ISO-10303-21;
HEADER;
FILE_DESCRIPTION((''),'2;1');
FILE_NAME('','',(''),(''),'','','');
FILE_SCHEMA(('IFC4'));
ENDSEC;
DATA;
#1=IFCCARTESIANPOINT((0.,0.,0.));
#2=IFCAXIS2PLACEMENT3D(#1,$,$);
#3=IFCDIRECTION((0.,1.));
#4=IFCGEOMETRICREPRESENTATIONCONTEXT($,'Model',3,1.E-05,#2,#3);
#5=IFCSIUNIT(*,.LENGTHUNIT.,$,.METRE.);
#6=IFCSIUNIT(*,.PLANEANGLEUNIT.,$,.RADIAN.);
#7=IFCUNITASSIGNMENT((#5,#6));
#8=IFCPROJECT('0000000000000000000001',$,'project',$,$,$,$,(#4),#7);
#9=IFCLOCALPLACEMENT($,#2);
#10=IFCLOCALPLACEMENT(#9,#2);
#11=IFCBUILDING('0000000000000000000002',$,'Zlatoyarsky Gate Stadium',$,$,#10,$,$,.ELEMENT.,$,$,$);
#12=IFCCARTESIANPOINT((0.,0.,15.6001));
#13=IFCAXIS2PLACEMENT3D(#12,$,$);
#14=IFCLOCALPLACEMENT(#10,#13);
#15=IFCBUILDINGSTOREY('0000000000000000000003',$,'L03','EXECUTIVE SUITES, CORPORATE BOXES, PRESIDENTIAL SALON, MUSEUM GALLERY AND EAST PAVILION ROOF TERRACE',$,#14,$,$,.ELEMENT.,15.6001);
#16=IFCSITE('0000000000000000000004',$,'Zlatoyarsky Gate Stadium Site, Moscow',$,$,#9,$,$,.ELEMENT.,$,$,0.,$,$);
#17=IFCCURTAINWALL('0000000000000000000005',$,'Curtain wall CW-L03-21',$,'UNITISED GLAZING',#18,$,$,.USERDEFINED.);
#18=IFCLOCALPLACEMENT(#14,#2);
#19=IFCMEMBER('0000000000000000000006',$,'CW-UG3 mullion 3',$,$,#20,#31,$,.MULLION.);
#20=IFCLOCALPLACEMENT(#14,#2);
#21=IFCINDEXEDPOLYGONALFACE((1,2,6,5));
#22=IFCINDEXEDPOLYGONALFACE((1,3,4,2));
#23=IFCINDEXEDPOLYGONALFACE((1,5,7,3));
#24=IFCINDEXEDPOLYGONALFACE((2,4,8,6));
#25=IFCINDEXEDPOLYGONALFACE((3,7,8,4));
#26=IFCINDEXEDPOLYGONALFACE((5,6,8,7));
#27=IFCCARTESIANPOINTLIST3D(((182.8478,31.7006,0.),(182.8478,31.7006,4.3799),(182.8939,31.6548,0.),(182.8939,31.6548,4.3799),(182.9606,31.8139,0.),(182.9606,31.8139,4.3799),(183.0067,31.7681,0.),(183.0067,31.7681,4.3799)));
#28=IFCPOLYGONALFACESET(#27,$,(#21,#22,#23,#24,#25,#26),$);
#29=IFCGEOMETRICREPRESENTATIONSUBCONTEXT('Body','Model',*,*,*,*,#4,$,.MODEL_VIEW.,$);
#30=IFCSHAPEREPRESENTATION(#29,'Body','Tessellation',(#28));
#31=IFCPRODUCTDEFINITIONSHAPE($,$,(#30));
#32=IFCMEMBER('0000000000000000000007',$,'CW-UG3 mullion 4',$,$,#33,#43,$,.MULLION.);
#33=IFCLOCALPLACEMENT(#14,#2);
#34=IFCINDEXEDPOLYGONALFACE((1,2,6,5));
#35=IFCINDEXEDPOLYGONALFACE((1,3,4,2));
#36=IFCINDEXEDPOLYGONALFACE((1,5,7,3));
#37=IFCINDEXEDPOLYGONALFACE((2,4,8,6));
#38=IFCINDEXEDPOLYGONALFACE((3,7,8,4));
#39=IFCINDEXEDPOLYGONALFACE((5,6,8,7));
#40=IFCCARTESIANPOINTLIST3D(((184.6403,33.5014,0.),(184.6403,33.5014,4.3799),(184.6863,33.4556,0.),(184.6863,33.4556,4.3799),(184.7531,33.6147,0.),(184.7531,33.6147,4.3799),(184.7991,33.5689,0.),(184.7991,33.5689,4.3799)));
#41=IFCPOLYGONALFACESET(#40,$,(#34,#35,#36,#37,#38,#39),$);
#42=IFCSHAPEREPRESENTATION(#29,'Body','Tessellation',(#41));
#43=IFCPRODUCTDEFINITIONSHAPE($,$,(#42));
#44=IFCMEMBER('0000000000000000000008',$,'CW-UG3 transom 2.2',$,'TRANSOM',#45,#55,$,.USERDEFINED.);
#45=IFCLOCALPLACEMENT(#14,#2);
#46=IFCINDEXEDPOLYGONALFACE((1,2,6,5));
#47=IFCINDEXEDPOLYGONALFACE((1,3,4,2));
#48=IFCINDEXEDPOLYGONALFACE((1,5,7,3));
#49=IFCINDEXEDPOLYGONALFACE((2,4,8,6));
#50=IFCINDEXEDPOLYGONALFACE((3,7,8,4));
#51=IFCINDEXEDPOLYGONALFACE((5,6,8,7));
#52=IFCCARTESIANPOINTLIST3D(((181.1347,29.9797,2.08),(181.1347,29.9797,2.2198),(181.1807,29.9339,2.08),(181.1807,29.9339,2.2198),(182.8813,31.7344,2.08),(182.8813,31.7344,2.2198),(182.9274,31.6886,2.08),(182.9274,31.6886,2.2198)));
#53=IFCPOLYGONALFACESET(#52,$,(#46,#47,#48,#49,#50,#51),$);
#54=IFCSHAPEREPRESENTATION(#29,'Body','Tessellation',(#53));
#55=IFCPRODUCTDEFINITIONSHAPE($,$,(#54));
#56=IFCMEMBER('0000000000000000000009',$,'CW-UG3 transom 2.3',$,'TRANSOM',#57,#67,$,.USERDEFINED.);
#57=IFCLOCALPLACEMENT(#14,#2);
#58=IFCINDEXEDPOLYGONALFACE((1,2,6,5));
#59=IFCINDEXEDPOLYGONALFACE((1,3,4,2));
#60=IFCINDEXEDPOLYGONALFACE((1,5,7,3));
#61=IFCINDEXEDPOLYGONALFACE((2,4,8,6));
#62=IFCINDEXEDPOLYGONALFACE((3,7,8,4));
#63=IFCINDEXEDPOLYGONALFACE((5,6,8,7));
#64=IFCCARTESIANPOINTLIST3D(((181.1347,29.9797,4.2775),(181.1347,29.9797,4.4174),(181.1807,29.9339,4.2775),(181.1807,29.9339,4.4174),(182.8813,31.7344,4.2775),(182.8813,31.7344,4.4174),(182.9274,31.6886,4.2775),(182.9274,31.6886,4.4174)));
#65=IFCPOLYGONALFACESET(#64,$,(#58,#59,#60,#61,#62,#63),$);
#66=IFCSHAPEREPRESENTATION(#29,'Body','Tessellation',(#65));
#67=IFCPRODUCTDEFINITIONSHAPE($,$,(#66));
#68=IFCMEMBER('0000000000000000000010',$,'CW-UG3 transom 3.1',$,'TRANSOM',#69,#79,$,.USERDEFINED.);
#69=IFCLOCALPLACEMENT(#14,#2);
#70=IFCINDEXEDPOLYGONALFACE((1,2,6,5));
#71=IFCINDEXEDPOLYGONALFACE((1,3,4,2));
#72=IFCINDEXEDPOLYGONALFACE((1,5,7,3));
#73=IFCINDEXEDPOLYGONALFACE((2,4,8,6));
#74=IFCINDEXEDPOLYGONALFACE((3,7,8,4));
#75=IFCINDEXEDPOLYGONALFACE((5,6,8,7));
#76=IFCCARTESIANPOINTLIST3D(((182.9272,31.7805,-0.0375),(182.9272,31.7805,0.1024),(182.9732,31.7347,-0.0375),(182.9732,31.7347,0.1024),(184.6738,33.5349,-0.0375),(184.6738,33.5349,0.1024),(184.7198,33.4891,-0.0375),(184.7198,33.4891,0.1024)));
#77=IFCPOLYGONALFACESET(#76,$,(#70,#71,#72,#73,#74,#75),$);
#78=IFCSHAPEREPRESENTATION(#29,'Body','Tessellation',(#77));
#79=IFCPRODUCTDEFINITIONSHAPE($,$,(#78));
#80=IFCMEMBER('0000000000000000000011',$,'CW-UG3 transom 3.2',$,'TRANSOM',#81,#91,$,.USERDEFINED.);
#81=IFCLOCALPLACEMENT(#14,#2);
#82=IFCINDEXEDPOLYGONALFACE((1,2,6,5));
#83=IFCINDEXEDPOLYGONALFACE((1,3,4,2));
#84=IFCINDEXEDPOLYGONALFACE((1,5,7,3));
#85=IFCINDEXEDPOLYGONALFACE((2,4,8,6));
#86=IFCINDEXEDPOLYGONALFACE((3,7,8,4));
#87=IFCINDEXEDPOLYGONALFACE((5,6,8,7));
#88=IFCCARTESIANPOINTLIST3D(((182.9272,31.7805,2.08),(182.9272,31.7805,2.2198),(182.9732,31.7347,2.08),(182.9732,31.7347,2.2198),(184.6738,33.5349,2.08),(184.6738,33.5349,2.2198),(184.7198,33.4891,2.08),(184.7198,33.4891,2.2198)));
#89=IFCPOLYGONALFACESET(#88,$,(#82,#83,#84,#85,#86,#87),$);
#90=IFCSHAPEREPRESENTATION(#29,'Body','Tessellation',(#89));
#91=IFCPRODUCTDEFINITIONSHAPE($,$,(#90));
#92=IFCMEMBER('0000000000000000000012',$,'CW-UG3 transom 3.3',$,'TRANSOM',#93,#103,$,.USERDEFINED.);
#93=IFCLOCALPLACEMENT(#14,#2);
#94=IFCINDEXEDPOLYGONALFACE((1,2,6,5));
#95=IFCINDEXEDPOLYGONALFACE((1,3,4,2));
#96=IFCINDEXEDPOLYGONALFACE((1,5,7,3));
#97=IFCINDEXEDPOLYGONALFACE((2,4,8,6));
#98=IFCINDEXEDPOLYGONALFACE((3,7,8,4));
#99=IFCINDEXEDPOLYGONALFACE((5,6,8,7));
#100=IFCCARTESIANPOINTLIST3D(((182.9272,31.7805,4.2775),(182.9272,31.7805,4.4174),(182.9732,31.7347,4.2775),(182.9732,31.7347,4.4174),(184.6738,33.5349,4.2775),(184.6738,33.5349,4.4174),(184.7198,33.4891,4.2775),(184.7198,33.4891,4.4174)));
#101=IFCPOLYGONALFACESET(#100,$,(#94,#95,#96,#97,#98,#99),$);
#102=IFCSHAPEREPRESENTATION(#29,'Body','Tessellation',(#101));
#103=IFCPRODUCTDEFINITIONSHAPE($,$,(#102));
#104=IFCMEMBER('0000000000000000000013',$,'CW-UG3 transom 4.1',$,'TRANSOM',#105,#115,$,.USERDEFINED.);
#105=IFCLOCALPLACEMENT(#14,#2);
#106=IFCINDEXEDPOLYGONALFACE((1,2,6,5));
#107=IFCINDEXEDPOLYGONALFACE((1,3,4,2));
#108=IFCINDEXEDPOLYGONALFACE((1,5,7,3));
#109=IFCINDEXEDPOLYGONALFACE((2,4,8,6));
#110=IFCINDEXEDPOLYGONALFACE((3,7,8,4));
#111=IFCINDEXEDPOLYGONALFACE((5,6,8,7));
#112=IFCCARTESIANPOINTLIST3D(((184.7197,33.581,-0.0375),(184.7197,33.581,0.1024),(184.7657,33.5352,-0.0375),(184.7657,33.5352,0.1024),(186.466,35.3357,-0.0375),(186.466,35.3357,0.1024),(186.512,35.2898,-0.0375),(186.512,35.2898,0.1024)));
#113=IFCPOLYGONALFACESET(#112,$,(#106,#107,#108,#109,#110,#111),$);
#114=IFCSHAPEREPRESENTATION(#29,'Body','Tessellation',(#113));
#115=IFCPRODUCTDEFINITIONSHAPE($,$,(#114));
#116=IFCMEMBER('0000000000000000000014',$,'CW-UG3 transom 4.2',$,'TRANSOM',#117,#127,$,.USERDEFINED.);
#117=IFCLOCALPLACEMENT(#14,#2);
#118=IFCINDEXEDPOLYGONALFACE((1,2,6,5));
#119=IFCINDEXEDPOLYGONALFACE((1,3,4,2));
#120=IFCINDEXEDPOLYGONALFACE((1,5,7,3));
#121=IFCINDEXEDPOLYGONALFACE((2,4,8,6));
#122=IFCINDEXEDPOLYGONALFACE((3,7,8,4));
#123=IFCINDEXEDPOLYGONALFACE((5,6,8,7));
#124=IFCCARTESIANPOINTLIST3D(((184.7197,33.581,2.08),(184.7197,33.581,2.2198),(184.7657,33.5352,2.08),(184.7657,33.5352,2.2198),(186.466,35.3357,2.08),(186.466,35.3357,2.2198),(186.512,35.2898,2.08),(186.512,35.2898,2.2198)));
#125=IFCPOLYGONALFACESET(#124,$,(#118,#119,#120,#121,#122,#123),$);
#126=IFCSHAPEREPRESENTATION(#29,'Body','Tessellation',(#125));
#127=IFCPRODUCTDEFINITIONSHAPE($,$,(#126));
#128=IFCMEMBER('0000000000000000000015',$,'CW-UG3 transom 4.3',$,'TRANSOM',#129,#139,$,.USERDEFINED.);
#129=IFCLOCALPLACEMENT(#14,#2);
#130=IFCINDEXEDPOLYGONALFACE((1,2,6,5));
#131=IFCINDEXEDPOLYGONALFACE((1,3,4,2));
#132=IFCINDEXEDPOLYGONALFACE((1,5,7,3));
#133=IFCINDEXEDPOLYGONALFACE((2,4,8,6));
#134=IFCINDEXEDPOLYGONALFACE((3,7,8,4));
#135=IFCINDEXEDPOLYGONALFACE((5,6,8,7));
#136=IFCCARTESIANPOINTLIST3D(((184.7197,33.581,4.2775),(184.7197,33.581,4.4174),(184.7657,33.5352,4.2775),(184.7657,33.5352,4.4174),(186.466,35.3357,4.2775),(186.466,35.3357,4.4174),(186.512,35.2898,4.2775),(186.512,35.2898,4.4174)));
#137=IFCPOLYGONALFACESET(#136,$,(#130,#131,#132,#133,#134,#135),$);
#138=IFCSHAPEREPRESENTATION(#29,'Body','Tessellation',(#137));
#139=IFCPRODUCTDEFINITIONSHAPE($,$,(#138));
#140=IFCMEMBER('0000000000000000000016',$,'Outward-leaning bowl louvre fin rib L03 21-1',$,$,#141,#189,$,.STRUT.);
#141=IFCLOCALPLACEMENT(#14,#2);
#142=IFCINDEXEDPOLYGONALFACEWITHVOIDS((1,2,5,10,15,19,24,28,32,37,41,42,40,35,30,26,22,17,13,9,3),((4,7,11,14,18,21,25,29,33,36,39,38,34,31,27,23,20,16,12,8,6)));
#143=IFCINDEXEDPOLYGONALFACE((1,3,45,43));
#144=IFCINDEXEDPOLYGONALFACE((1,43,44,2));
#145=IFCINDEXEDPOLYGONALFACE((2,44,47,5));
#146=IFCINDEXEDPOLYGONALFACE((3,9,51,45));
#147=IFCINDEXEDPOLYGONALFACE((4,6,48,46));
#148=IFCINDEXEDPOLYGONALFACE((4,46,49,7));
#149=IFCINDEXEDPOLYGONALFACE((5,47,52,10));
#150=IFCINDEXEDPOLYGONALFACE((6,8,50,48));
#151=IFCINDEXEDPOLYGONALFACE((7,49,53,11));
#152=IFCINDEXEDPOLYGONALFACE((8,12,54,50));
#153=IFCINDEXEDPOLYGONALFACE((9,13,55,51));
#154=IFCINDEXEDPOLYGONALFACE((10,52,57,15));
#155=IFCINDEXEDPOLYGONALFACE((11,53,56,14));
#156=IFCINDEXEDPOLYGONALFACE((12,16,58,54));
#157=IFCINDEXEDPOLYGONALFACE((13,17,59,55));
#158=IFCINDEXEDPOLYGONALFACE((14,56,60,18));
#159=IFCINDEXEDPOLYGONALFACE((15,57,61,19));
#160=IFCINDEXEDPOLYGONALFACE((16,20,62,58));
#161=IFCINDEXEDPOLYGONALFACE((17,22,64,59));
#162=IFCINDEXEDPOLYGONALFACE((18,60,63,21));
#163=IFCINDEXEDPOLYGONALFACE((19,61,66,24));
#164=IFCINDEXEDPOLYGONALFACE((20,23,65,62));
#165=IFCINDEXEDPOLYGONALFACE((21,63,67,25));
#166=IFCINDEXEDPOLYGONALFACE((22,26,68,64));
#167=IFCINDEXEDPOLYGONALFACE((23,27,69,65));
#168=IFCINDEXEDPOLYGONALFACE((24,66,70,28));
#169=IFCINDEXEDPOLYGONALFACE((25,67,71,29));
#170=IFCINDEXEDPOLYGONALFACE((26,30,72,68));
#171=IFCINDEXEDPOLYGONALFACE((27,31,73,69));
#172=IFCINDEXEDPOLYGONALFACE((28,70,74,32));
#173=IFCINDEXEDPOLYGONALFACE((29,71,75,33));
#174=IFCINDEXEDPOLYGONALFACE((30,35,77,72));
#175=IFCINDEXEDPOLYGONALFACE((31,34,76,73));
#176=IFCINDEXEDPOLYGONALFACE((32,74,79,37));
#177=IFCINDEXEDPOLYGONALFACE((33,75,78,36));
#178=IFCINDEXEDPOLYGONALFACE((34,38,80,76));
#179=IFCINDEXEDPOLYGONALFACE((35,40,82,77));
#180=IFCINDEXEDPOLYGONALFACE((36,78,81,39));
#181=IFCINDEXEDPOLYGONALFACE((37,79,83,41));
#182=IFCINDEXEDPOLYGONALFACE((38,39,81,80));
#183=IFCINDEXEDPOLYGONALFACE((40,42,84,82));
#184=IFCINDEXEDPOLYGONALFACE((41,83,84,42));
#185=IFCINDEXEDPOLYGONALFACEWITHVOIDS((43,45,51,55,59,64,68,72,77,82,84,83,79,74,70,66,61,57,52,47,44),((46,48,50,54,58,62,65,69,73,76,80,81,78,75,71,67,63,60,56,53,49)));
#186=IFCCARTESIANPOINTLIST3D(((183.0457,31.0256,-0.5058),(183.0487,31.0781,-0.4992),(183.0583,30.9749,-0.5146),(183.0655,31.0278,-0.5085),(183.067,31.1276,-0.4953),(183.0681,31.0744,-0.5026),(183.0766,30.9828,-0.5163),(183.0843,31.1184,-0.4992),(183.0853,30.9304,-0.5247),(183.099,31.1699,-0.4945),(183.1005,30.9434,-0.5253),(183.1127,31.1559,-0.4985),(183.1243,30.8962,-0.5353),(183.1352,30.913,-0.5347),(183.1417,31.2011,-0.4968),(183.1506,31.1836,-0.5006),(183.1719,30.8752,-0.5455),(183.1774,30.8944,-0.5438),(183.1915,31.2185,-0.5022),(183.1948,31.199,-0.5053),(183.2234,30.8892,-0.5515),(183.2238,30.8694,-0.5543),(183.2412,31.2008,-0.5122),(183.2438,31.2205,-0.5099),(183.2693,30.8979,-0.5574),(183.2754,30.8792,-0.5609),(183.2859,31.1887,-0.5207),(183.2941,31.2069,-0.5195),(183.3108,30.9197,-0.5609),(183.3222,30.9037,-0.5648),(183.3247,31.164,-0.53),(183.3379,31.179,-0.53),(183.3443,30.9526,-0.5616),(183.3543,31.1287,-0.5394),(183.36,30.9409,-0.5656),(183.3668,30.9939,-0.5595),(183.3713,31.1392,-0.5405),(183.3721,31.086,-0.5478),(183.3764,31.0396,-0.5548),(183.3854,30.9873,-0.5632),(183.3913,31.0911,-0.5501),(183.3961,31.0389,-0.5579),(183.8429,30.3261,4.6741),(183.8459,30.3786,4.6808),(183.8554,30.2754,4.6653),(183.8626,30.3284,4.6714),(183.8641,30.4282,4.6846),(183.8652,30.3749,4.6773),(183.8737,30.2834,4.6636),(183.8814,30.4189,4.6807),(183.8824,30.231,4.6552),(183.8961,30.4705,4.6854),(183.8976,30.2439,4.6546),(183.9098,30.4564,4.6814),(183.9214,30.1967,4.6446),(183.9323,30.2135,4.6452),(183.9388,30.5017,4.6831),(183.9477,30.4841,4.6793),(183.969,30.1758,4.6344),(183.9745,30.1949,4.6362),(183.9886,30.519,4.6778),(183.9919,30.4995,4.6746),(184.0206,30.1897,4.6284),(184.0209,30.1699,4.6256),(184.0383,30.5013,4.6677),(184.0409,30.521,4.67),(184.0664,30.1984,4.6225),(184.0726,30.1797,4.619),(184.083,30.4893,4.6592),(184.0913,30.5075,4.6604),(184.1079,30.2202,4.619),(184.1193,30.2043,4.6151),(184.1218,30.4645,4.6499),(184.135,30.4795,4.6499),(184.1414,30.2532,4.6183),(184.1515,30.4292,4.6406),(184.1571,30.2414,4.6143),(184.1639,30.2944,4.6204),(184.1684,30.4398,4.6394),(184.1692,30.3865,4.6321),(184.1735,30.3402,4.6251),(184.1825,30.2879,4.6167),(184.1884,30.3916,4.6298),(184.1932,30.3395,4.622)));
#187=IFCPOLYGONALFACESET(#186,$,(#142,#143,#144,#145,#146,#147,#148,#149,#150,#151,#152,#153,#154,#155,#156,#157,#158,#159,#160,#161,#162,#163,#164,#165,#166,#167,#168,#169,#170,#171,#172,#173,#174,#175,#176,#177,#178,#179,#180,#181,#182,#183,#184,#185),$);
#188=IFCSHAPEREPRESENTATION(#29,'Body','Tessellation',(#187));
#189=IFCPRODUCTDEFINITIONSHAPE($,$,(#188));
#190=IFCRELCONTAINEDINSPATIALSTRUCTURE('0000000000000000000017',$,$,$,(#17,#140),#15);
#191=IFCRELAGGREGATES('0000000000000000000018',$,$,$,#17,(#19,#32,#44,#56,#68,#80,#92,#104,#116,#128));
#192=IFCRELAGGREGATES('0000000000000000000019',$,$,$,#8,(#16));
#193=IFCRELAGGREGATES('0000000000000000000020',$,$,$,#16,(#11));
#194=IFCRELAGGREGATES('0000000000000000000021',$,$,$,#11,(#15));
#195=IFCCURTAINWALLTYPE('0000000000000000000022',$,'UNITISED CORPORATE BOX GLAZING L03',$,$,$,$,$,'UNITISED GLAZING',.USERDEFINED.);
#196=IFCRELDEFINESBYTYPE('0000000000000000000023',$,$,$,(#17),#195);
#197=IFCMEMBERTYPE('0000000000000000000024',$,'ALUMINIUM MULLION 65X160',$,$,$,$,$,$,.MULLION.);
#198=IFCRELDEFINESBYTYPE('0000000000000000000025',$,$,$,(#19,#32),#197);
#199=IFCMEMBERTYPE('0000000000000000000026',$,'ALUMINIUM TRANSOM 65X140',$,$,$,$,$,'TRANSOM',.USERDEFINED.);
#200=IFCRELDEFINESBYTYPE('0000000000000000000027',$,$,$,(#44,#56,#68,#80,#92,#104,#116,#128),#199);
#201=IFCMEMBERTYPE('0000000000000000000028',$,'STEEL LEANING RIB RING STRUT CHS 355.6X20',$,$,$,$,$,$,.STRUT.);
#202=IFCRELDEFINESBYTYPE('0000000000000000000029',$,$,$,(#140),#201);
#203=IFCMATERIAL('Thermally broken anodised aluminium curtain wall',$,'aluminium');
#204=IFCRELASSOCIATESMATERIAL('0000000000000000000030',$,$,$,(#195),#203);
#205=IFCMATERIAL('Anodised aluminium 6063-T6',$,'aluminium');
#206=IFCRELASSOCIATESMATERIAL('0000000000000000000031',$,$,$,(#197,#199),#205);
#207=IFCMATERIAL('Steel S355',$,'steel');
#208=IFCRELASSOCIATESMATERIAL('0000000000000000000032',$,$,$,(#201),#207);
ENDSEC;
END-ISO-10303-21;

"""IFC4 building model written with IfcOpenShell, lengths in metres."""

from ifc_helpers import new_model, si_unit, direction, frame, origin, origin_2d, place, context, subcontext, project, spatial, rectangle, hollow_circle, extrude, material, material_profile, profile_set, type_object, element, aggregate, save


model = new_model("IFC4")

# Units and contexts
model_context = context("Model", 3, precision=1e-05, world=origin(), true_north=direction((0.0, 1.0)))
body_context = subcontext(model_context, "Body", "Model", "MODEL_VIEW")
ifc_project = project(units=[si_unit("LENGTHUNIT", "METRE"), si_unit("PLANEANGLEUNIT", "RADIAN")], contexts=[model_context])

# Site, building, storey
site_placement = place(None, origin())
site = spatial("IfcSite", under=ifc_project, at=site_placement, Name="Zlatoyarsky Gate Stadium Site, Moscow", CompositionType="ELEMENT", RefElevation=0.0)
building_placement = place(site_placement, origin())
building = spatial("IfcBuilding", under=site, at=building_placement, Name="Zlatoyarsky Gate Stadium", CompositionType="ELEMENT")
storey_placement = place(building_placement, frame((0.0, 0.0, 15.6001)))
storey = spatial("IfcBuildingStorey", under=building, at=storey_placement, Name="L03", Description="EXECUTIVE SUITES, CORPORATE BOXES, PRESIDENTIAL SALON, MUSEUM GALLERY AND EAST PAVILION ROOF TERRACE", CompositionType="ELEMENT", Elevation=15.6001)

# Curtain wall, members
ifc_material_1 = material(Name="Thermally broken anodised aluminium curtain wall", Category="aluminium")
curtain_wall_type = type_object("IfcCurtainWallType", Name="UNITISED CORPORATE BOX GLAZING L03", ElementType="UNITISED GLAZING", PredefinedType="USERDEFINED", material=ifc_material_1)
curtain_wall_placement = place(storey_placement, origin())
curtain_wall = element("IfcCurtainWall", 1, at=curtain_wall_placement, inside=storey, type_object=curtain_wall_type, Name="Curtain wall CW-L03-21", ObjectType="UNITISED GLAZING", PredefinedType="USERDEFINED")
ifc_material_2 = material(Name="Anodised aluminium 6063-T6", Category="aluminium")
ifc_material_profile_1 = material_profile(ifc_material_2, rectangle(XDim=0.0649, YDim=0.1599, at=origin_2d()), Name="ALU 65X160")
ifc_profile_set_1 = profile_set([ifc_material_profile_1], Name="Anodised aluminium 6063-T6")
member_type_1 = type_object("IfcMemberType", Name="ALUMINIUM MULLION 65X160", PredefinedType="MULLION", material=ifc_profile_set_1)
member_1_placement = place(storey_placement, frame((182.9272, 31.7344, 0.0), z_axis=(0.0, 0.0, 1.0), x_axis=(-0.708721, 0.705489, 0.0)))
member_1 = element("IfcMember", 2, at=member_1_placement, type_object=member_type_1, Name="CW-UG3 mullion 3", PredefinedType="MULLION", context=body_context, shape_type="SweptSolid", body=[
    extrude(rectangle(XDim=0.0649, YDim=0.1599, at=origin_2d()), origin(), (0.0, 0.0, 1.0), 4.3799),
])
member_2_placement = place(storey_placement, frame((184.7197, 33.5352, 0.0), z_axis=(0.0, 0.0, 1.0), x_axis=(-0.708721, 0.705489, 0.0)))
member_2 = element("IfcMember", 3, at=member_2_placement, type_object=member_type_1, Name="CW-UG3 mullion 4", PredefinedType="MULLION", context=body_context, shape_type="SweptSolid", body=[
    extrude(rectangle(XDim=0.0649, YDim=0.1599, at=origin_2d()), origin(), (0.0, 0.0, 1.0), 4.3799),
])
ifc_material_profile_2 = material_profile(ifc_material_2, rectangle(XDim=0.0649, YDim=0.1399, at=origin_2d()), Name="ALU 65X140")
ifc_profile_set_2 = profile_set([ifc_material_profile_2], Name="Anodised aluminium 6063-T6")
member_type_2 = type_object("IfcMemberType", Name="ALUMINIUM TRANSOM 65X140", ElementType="TRANSOM", PredefinedType="USERDEFINED", material=ifc_profile_set_2)
member_3_placement = place(storey_placement, frame((181.1577, 29.9568, 2.1499), z_axis=(0.705478, 0.708732, 0.0), x_axis=(-0.708732, 0.705478, 0.0)))
member_3 = element("IfcMember", 4, at=member_3_placement, type_object=member_type_2, Name="CW-UG3 transom 2.2", ObjectType="TRANSOM", PredefinedType="USERDEFINED", context=body_context, shape_type="SweptSolid", body=[
    extrude(rectangle(XDim=0.0649, YDim=0.1399, at=origin_2d()), origin(), (0.0, 0.0, 1.0), 2.4758),
])
member_4_placement = place(storey_placement, frame((181.1577, 29.9568, 4.3474), z_axis=(0.705478, 0.708732, 0.0), x_axis=(-0.708732, 0.705478, 0.0)))
member_4 = element("IfcMember", 5, at=member_4_placement, type_object=member_type_2, Name="CW-UG3 transom 2.3", ObjectType="TRANSOM", PredefinedType="USERDEFINED", context=body_context, shape_type="SweptSolid", body=[
    extrude(rectangle(XDim=0.0649, YDim=0.1399, at=origin_2d()), origin(), (0.0, 0.0, 1.0), 2.4758),
])
member_5_placement = place(storey_placement, frame((182.9502, 31.7576, 0.0325), z_axis=(0.705527, 0.708683, 0.0), x_axis=(-0.708683, 0.705527, 0.0)))
member_5 = element("IfcMember", 6, at=member_5_placement, type_object=member_type_2, Name="CW-UG3 transom 3.1", ObjectType="TRANSOM", PredefinedType="USERDEFINED", context=body_context, shape_type="SweptSolid", body=[
    extrude(rectangle(XDim=0.0649, YDim=0.1399, at=origin_2d()), origin(), (0.0, 0.0, 1.0), 2.4756),
])
member_6_placement = place(storey_placement, frame((182.9502, 31.7576, 2.1499), z_axis=(0.705527, 0.708683, 0.0), x_axis=(-0.708683, 0.705527, 0.0)))
member_6 = element("IfcMember", 7, at=member_6_placement, type_object=member_type_2, Name="CW-UG3 transom 3.2", ObjectType="TRANSOM", PredefinedType="USERDEFINED", context=body_context, shape_type="SweptSolid", body=[
    extrude(rectangle(XDim=0.0649, YDim=0.1399, at=origin_2d()), origin(), (0.0, 0.0, 1.0), 2.4756),
])
member_7_placement = place(storey_placement, frame((182.9502, 31.7576, 4.3474), z_axis=(0.705527, 0.708683, 0.0), x_axis=(-0.708683, 0.705527, 0.0)))
member_7 = element("IfcMember", 8, at=member_7_placement, type_object=member_type_2, Name="CW-UG3 transom 3.3", ObjectType="TRANSOM", PredefinedType="USERDEFINED", context=body_context, shape_type="SweptSolid", body=[
    extrude(rectangle(XDim=0.0649, YDim=0.1399, at=origin_2d()), origin(), (0.0, 0.0, 1.0), 2.4756),
])
member_8_placement = place(storey_placement, frame((184.7427, 33.5581, 0.0325), z_axis=(0.705428, 0.708781, 0.0), x_axis=(-0.708781, 0.705428, 0.0)))
member_8 = element("IfcMember", 9, at=member_8_placement, type_object=member_type_2, Name="CW-UG3 transom 4.1", ObjectType="TRANSOM", PredefinedType="USERDEFINED", context=body_context, shape_type="SweptSolid", body=[
    extrude(rectangle(XDim=0.0649, YDim=0.1399, at=origin_2d()), origin(), (0.0, 0.0, 1.0), 2.4756),
])
member_9_placement = place(storey_placement, frame((184.7427, 33.5581, 2.1499), z_axis=(0.705428, 0.708781, 0.0), x_axis=(-0.708781, 0.705428, 0.0)))
member_9 = element("IfcMember", 10, at=member_9_placement, type_object=member_type_2, Name="CW-UG3 transom 4.2", ObjectType="TRANSOM", PredefinedType="USERDEFINED", context=body_context, shape_type="SweptSolid", body=[
    extrude(rectangle(XDim=0.0649, YDim=0.1399, at=origin_2d()), origin(), (0.0, 0.0, 1.0), 2.4756),
])
member_10_placement = place(storey_placement, frame((184.7427, 33.5581, 4.3474), z_axis=(0.705428, 0.708781, 0.0), x_axis=(-0.708781, 0.705428, 0.0)))
member_10 = element("IfcMember", 11, at=member_10_placement, type_object=member_type_2, Name="CW-UG3 transom 4.3", ObjectType="TRANSOM", PredefinedType="USERDEFINED", context=body_context, shape_type="SweptSolid", body=[
    extrude(rectangle(XDim=0.0649, YDim=0.1399, at=origin_2d()), origin(), (0.0, 0.0, 1.0), 2.4756),
])

# Member
ifc_material_3 = material(Name="Steel S355", Category="steel")
ifc_material_profile_3 = material_profile(ifc_material_3, hollow_circle(Radius=0.1777, WallThickness=0.02, at=origin_2d()), Name="CHS 355.6X20")
ifc_profile_set_3 = profile_set([ifc_material_profile_3], Name="Steel S355")
member_type_3 = type_object("IfcMemberType", Name="STEEL LEANING RIB RING STRUT CHS 355.6X20", PredefinedType="STRUT", material=ifc_profile_set_3)
member_11_placement = place(storey_placement, frame((183.2207, 31.0454, -0.53), z_axis=(0.150759, -0.132289, 0.979679), x_axis=(0.659563, 0.751649, 0.0)))
element("IfcMember", 12, at=member_11_placement, inside=storey, type_object=member_type_3, Name="Outward-leaning bowl louvre fin rib L03 21-1", PredefinedType="STRUT", context=body_context, shape_type="SweptSolid", body=[
    extrude(hollow_circle(Radius=0.1777, WallThickness=0.02, at=origin_2d()), origin(), (0.0, 0.0, 1.0), 5.2874),
])

aggregate(curtain_wall, [member_1, member_2, member_3, member_4, member_5, member_6, member_7, member_8, member_9, member_10])

save(model, "model.ifc")
